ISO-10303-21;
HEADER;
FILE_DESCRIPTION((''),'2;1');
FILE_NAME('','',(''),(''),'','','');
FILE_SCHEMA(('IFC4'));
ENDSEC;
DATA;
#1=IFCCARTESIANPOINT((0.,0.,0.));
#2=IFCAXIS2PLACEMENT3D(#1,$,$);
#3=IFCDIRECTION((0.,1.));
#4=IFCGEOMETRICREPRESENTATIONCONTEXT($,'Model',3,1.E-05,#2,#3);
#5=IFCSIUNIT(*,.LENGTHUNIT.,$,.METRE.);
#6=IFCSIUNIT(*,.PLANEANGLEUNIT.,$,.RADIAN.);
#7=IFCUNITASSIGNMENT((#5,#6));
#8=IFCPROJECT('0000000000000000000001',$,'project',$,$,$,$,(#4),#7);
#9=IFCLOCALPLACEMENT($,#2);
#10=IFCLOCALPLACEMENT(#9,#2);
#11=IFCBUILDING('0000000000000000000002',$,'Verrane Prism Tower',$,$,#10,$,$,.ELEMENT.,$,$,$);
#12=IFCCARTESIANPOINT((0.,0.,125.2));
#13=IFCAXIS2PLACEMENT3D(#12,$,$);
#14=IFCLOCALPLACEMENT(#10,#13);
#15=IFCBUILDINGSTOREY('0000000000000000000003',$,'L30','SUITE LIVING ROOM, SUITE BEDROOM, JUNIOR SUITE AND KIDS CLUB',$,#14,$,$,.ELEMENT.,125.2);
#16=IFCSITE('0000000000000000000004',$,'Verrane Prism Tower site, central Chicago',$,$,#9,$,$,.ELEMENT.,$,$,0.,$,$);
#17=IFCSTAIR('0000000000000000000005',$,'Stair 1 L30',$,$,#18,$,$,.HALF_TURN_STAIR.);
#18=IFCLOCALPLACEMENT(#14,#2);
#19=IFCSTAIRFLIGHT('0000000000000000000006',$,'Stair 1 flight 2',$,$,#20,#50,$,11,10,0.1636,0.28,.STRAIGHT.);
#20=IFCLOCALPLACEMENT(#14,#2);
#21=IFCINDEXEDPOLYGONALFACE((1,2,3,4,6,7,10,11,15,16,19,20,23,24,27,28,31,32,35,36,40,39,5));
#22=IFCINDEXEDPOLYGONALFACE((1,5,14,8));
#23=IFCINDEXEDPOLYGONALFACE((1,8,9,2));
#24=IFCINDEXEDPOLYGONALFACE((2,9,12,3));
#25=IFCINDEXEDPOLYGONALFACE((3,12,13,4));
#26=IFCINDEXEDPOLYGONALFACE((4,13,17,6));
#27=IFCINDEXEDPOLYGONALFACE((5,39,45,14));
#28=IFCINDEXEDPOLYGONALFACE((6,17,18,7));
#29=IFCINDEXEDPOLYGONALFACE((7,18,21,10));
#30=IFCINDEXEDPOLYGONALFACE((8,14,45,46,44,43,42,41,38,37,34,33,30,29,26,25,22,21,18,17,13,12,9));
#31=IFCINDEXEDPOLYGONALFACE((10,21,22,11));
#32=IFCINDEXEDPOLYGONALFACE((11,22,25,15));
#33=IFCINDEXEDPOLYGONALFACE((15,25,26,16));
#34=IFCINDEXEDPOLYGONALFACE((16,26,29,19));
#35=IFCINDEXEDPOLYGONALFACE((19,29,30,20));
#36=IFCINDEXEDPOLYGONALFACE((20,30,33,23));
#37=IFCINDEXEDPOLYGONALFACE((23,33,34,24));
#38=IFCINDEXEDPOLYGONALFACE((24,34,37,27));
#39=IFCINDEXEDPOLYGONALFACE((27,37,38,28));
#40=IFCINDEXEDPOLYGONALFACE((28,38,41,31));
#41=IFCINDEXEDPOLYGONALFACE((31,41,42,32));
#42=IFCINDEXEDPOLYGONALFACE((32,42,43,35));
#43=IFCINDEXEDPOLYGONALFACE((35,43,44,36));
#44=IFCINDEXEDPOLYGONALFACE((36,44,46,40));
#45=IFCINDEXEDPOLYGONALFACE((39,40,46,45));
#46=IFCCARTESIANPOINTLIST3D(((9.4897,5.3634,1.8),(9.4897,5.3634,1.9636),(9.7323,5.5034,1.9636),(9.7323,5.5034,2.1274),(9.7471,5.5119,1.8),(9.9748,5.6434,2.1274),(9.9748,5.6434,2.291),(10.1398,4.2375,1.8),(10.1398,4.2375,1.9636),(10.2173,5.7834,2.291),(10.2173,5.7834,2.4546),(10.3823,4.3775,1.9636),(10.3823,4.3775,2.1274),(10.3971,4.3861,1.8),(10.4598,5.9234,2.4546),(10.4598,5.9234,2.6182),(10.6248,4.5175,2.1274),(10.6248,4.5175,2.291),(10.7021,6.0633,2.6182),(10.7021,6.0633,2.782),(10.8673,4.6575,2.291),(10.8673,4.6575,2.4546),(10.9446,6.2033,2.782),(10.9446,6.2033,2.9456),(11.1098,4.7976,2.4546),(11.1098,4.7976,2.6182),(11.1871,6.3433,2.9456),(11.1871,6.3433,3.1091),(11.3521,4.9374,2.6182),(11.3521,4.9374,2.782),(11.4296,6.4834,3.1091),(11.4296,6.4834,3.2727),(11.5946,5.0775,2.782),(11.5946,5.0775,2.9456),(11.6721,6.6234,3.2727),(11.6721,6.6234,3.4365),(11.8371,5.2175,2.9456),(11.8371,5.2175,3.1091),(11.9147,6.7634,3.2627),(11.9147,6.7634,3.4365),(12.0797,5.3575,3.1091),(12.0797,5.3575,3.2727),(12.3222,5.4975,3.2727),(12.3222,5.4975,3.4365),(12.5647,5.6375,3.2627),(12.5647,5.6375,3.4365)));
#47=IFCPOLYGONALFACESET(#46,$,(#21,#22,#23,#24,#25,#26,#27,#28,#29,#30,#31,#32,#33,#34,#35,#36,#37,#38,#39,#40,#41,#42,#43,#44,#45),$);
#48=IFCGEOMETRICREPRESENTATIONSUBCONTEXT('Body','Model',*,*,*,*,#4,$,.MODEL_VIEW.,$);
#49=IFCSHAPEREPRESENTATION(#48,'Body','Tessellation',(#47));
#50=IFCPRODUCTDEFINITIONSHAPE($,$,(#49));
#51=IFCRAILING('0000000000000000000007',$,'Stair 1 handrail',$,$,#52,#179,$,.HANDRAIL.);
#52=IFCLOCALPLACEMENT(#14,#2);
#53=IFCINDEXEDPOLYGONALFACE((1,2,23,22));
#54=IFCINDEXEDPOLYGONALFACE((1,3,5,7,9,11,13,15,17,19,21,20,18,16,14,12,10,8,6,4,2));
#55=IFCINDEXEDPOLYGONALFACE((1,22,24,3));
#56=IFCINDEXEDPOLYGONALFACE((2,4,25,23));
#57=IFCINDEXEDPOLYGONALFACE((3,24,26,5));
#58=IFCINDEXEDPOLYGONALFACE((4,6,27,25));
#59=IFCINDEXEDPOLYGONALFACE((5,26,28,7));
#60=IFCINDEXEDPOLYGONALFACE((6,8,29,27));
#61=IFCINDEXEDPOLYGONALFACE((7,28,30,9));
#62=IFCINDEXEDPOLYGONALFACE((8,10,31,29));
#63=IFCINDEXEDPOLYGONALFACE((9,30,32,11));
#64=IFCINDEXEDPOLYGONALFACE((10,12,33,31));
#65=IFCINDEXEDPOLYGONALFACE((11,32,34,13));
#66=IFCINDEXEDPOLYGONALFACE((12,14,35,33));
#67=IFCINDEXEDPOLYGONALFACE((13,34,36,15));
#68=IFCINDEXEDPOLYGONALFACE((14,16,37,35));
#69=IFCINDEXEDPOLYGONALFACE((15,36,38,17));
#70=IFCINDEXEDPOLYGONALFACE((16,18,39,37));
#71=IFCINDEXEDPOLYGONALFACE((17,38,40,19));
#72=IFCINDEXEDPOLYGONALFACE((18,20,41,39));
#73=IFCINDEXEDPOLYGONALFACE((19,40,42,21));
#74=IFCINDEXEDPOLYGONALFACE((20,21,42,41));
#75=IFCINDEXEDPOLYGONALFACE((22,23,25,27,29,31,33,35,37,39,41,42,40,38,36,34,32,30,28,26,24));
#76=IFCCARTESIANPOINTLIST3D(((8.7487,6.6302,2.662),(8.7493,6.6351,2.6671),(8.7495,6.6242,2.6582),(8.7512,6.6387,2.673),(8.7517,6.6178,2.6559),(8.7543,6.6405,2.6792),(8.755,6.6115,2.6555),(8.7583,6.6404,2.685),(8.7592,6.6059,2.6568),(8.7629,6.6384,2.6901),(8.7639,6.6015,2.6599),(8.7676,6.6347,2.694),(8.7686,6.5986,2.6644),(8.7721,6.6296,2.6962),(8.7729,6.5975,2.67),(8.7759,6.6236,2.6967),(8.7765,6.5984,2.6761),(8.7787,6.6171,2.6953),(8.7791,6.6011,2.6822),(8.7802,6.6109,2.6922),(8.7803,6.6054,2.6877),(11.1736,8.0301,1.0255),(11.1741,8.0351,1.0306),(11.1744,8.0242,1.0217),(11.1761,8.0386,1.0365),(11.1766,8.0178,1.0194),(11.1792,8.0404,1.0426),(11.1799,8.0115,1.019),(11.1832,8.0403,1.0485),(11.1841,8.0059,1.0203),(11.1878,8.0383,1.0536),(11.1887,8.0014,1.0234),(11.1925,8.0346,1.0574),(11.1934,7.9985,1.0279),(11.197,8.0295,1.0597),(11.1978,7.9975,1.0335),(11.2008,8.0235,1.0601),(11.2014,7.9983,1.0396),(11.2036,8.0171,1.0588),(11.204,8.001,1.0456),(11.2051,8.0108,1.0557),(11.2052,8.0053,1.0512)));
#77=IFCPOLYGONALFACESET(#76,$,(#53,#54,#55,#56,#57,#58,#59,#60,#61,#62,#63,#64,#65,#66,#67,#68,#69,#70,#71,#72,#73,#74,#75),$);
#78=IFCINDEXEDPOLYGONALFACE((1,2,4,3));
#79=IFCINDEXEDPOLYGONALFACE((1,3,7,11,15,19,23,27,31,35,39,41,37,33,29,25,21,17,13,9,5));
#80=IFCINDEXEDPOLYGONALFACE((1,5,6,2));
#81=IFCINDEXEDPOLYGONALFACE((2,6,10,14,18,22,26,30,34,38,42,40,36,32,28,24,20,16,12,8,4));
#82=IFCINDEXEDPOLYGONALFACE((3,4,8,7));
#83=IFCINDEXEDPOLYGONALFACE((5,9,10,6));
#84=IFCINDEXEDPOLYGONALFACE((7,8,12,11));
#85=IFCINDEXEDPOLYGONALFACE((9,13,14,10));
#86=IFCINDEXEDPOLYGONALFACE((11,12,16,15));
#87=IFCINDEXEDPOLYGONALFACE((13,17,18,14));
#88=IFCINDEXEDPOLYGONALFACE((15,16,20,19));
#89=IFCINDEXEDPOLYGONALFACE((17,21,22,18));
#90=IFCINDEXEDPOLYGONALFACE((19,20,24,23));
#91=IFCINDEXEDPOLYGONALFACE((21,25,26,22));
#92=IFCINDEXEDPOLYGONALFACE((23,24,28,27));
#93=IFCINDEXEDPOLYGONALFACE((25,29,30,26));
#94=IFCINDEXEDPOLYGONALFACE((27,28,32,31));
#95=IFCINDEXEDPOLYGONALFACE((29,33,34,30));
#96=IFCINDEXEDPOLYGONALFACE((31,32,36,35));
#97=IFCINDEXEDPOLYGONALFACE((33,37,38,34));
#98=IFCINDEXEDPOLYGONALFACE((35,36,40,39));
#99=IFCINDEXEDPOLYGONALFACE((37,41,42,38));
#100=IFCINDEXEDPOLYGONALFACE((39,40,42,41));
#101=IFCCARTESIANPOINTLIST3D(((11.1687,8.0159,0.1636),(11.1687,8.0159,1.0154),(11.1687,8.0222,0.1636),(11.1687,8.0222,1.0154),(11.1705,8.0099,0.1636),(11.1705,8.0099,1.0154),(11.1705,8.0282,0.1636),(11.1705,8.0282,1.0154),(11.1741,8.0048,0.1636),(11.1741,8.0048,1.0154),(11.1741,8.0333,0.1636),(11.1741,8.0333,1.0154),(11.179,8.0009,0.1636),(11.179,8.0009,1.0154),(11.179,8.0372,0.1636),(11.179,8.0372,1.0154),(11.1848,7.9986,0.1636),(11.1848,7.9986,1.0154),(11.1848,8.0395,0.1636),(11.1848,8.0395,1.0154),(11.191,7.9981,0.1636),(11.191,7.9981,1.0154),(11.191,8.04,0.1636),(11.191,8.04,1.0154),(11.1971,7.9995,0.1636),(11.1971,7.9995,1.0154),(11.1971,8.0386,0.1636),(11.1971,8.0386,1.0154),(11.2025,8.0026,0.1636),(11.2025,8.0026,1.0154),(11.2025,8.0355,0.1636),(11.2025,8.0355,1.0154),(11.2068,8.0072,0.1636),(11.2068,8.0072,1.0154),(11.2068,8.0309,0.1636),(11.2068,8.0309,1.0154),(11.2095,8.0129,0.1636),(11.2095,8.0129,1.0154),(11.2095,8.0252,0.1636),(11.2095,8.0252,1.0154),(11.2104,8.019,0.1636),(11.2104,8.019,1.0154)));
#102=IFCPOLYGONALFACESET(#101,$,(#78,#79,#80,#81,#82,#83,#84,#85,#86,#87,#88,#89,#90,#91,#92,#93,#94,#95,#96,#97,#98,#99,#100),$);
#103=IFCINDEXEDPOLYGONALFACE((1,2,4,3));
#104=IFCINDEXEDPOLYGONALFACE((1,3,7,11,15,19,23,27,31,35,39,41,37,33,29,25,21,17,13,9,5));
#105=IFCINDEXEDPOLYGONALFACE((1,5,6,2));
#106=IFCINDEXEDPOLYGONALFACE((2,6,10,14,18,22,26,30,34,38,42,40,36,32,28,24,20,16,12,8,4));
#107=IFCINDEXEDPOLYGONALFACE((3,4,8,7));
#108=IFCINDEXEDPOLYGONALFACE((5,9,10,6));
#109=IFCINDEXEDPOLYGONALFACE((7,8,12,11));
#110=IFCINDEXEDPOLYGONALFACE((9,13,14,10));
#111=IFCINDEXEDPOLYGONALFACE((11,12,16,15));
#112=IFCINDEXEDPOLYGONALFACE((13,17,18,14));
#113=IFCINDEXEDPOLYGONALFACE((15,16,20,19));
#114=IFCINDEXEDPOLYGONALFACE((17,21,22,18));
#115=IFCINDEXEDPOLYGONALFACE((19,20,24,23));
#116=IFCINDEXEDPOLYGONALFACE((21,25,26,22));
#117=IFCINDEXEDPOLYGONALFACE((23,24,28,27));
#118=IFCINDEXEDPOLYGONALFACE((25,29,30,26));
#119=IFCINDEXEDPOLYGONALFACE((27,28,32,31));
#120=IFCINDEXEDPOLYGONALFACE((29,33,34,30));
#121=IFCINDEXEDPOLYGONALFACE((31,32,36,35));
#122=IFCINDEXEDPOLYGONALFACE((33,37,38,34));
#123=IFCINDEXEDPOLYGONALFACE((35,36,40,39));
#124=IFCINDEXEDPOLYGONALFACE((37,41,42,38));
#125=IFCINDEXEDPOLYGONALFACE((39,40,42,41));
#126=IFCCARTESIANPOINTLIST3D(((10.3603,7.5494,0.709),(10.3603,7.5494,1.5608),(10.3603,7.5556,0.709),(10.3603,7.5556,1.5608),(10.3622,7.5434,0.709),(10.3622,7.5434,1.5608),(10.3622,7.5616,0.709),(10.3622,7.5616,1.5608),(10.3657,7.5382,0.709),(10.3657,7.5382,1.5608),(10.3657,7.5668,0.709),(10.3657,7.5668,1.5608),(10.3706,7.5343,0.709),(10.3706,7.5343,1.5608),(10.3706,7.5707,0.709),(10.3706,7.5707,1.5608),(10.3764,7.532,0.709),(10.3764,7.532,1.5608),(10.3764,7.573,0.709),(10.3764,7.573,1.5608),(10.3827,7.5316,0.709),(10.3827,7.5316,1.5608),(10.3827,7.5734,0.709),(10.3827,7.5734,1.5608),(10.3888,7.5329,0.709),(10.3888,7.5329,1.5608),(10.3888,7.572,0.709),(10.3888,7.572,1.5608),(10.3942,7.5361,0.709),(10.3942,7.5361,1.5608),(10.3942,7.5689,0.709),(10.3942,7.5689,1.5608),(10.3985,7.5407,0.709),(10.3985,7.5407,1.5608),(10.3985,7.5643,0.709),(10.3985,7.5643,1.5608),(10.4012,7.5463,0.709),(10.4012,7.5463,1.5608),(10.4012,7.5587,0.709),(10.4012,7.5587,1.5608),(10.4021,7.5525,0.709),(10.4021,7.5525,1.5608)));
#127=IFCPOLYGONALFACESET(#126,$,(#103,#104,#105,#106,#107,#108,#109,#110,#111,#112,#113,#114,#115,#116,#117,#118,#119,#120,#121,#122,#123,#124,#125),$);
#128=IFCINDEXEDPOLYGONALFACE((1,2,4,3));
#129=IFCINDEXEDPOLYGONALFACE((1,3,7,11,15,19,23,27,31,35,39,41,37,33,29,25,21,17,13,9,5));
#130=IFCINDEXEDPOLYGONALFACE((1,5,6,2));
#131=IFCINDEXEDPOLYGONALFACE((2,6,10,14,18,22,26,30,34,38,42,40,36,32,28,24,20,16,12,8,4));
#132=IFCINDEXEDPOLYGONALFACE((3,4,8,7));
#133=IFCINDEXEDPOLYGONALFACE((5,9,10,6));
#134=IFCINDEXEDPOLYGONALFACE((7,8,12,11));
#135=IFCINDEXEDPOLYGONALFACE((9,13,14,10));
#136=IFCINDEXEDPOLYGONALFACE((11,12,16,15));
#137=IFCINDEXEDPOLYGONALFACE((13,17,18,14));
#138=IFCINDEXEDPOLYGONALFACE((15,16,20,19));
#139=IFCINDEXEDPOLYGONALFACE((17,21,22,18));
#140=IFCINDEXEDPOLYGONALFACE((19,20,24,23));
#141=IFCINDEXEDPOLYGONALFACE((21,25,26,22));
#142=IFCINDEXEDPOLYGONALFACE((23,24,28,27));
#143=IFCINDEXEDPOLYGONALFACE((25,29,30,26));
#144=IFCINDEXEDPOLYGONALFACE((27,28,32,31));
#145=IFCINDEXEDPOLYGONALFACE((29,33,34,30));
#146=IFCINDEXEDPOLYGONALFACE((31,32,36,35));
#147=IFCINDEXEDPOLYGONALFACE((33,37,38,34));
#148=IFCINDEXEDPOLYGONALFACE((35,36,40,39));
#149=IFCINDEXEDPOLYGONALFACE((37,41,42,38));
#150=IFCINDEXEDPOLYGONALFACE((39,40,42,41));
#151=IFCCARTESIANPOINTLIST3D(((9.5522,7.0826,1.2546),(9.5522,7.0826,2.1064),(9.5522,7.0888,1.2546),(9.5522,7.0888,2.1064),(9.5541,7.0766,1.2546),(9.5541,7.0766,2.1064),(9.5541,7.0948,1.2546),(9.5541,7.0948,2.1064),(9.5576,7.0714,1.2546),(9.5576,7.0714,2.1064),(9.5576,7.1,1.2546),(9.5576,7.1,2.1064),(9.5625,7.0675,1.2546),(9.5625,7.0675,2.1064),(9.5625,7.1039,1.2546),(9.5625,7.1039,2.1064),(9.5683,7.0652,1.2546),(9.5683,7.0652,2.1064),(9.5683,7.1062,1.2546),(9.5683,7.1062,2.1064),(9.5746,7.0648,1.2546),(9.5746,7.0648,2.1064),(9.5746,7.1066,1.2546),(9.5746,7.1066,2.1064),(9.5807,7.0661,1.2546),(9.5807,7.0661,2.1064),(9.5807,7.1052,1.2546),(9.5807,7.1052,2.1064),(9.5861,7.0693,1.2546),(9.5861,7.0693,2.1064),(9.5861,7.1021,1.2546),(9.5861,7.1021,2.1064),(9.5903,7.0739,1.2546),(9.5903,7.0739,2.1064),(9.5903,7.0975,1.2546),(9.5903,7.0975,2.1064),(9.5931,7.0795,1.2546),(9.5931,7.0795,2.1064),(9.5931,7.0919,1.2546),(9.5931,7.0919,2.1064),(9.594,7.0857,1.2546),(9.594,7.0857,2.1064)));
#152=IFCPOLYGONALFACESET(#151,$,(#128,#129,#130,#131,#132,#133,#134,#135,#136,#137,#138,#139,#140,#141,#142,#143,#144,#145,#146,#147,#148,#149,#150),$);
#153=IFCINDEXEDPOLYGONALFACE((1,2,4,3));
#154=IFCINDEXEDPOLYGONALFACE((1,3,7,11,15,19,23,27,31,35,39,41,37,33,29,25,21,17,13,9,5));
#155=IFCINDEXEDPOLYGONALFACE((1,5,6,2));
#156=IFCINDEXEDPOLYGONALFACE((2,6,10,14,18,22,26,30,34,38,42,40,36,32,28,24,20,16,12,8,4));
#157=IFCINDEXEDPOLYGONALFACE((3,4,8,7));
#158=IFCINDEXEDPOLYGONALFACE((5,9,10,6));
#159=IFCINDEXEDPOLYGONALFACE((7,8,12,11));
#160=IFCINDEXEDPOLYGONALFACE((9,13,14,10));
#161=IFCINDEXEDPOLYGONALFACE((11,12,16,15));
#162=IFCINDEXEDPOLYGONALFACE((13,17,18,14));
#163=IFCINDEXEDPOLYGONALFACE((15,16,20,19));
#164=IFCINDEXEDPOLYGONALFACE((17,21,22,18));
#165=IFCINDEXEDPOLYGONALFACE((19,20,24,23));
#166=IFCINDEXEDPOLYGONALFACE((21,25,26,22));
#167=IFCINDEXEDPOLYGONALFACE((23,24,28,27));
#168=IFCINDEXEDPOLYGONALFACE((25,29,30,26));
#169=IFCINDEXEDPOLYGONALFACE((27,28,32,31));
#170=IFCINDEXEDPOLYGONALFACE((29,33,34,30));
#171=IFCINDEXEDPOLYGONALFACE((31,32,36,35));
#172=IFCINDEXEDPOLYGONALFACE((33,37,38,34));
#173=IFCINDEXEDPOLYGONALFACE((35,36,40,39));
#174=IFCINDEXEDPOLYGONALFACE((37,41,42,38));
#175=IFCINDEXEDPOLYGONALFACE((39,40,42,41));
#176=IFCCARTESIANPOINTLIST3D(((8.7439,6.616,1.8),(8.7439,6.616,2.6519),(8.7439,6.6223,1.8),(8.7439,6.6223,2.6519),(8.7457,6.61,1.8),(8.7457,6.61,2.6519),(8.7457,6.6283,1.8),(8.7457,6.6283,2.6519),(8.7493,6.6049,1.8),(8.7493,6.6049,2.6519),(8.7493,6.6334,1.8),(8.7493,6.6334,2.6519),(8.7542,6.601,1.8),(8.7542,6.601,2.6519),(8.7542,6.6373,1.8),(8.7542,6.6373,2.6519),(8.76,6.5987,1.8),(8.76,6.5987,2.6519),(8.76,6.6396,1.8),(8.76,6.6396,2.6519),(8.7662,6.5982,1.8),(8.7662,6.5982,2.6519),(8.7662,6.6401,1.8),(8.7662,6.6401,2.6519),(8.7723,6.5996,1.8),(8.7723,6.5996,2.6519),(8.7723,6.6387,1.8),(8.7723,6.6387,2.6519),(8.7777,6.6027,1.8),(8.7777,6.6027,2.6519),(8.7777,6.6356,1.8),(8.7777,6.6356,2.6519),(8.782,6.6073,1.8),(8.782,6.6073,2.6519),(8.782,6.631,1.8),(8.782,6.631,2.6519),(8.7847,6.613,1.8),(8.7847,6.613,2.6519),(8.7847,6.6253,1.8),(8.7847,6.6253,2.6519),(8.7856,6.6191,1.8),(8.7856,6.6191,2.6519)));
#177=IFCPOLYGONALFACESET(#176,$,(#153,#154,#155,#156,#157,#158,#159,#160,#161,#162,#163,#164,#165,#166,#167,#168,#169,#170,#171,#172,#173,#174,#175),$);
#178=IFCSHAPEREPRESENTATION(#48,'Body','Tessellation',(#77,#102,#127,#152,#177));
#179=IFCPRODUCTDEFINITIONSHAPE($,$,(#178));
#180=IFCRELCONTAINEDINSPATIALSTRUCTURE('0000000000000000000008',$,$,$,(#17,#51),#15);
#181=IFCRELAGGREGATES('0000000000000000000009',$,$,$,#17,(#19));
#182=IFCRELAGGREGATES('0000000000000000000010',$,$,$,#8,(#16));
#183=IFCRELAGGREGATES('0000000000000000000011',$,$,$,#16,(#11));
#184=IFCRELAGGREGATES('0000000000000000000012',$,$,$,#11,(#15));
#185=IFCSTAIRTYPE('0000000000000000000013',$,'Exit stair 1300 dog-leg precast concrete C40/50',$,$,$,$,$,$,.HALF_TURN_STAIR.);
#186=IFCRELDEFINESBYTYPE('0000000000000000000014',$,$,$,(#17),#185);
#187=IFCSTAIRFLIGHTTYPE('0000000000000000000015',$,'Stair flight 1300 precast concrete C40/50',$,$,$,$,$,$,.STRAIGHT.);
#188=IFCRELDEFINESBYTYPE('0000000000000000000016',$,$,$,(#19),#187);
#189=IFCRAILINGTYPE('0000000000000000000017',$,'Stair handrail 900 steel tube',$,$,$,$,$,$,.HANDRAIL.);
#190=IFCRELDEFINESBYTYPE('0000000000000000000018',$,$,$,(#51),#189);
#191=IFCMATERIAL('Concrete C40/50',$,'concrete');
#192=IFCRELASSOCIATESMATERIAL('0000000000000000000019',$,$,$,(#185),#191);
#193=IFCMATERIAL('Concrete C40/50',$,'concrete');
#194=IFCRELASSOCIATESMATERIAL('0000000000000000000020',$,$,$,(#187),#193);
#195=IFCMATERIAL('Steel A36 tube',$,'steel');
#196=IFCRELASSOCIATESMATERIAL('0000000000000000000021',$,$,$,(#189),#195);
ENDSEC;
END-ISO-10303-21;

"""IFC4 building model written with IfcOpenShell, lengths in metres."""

from ifc_helpers import new_model, si_unit, direction, frame, origin, origin_2d, place, context, subcontext, project, spatial, polyline, circle, outline, extrude, material, type_object, element, aggregate, save


model = new_model("IFC4")

# Units and contexts
model_context = context("Model", 3, precision=1e-05, world=origin(), true_north=direction((0.0, 1.0)))
body_context = subcontext(model_context, "Body", "Model", "MODEL_VIEW")
ifc_project = project(units=[si_unit("LENGTHUNIT", "METRE"), si_unit("PLANEANGLEUNIT", "RADIAN")], contexts=[model_context])

# Site, building, storey
site_placement = place(None, origin())
site = spatial("IfcSite", under=ifc_project, at=site_placement, Name="Verrane Prism Tower site, central Chicago", CompositionType="ELEMENT", RefElevation=0.0)
building_placement = place(site_placement, origin())
building = spatial("IfcBuilding", under=site, at=building_placement, Name="Verrane Prism Tower", CompositionType="ELEMENT")
storey_placement = place(building_placement, frame((0.0, 0.0, 125.2)))
storey = spatial("IfcBuildingStorey", under=building, at=storey_placement, Name="L30", Description="SUITE LIVING ROOM, SUITE BEDROOM, JUNIOR SUITE AND KIDS CLUB", CompositionType="ELEMENT", Elevation=125.2)

# Stair, stair flight
ifc_material_1 = material(Name="Concrete C40/50", Category="concrete")
stair_type = type_object("IfcStairType", Name="Exit stair 1300 dog-leg precast concrete C40/50", PredefinedType="HALF_TURN_STAIR", material=ifc_material_1)
stair_placement = place(storey_placement, origin())
stair = element("IfcStair", 1, at=stair_placement, inside=storey, type_object=stair_type, Name="Stair 1 L30", PredefinedType="HALF_TURN_STAIR")
ifc_material_2 = material(Name="Concrete C40/50", Category="concrete")
stair_flight_type = type_object("IfcStairFlightType", Name="Stair flight 1300 precast concrete C40/50", PredefinedType="STRAIGHT", material=ifc_material_2)
stair_flight_1_placement = place(storey_placement, frame((9.8147, 4.8005, 1.8), z_axis=(0.0, 0.0, 1.0), x_axis=(0.866025, 0.5, 0.0)))
stair_flight_1 = element("IfcStairFlight", 2, at=stair_flight_1_placement, type_object=stair_flight_type, Name="Stair 1 flight 2", NumberOfRisers=11, NumberOfTreads=10, PredefinedType="STRAIGHT", RiserHeight=0.1636, TreadLength=0.28, context=body_context, shape_type="SweptSolid", body=[
    extrude(outline(polyline([(0.0, 0.0), (0.0, 0.1636), (0.28, 0.1636), (0.28, 0.3274), (0.5601, 0.3274), (0.5601, 0.491), (0.8401, 0.491), (0.8401, 0.6545), (1.1201, 0.6545), (1.1201, 0.8181), (1.3999, 0.8181), (1.3999, 0.9819), (1.6799, 0.9819), (1.6799, 1.1455), (1.96, 1.1455), (1.96, 1.3091), (2.24, 1.3091), (2.24, 1.4727), (2.52, 1.4727), (2.52, 1.6365), (2.8, 1.6365), (2.8, 1.8), (2.8, 1.4626), (0.2971, 0.0), (0.0, 0.0)])), frame((0.0, 0.6499, 0.0), z_axis=(0.0, -1.0, 0.0), x_axis=(1.0, 0.0, 0.0)), (0.0, 0.0, 1.0), 1.3),
])
aggregate(stair, [stair_flight_1])

# Railing
ifc_material_3 = material(Name="Steel A36 tube", Category="steel")
railing_type_1 = type_object("IfcRailingType", Name="Stair handrail 900 steel tube", PredefinedType="HANDRAIL", material=ifc_material_3)
railing_1_placement = place(storey_placement, frame((11.1895, 8.019, 0.1636)))
element("IfcRailing", 3, at=railing_1_placement, inside=storey, type_object=railing_type_1, Name="Stair 1 handrail", PredefinedType="HANDRAIL", context=body_context, shape_type="SweptSolid", body=[
    extrude(circle(Radius=0.0239, at=origin_2d()), frame((0.0, 0.0, 0.876), z_axis=(-0.74769, -0.431661, 0.504608), x_axis=(0.499984, -0.866035, 0.0)), (0.0, 0.0, 1.0), 3.2432),
    extrude(circle(Radius=0.021, at=origin_2d()), origin(), (0.0, 0.0, 1.0), 0.8518),
    extrude(circle(Radius=0.021, at=origin_2d()), frame((-0.8083, -0.4666, 0.5454)), (0.0, 0.0, 1.0), 0.8518),
    extrude(circle(Radius=0.021, at=origin_2d()), frame((-1.6165, -0.9333, 1.0911)), (0.0, 0.0, 1.0), 0.8518),
    extrude(circle(Radius=0.021, at=origin_2d()), frame((-2.4248, -1.3999, 1.6365)), (0.0, 0.0, 1.0), 0.8518),
])

save(model, "model.ifc")
